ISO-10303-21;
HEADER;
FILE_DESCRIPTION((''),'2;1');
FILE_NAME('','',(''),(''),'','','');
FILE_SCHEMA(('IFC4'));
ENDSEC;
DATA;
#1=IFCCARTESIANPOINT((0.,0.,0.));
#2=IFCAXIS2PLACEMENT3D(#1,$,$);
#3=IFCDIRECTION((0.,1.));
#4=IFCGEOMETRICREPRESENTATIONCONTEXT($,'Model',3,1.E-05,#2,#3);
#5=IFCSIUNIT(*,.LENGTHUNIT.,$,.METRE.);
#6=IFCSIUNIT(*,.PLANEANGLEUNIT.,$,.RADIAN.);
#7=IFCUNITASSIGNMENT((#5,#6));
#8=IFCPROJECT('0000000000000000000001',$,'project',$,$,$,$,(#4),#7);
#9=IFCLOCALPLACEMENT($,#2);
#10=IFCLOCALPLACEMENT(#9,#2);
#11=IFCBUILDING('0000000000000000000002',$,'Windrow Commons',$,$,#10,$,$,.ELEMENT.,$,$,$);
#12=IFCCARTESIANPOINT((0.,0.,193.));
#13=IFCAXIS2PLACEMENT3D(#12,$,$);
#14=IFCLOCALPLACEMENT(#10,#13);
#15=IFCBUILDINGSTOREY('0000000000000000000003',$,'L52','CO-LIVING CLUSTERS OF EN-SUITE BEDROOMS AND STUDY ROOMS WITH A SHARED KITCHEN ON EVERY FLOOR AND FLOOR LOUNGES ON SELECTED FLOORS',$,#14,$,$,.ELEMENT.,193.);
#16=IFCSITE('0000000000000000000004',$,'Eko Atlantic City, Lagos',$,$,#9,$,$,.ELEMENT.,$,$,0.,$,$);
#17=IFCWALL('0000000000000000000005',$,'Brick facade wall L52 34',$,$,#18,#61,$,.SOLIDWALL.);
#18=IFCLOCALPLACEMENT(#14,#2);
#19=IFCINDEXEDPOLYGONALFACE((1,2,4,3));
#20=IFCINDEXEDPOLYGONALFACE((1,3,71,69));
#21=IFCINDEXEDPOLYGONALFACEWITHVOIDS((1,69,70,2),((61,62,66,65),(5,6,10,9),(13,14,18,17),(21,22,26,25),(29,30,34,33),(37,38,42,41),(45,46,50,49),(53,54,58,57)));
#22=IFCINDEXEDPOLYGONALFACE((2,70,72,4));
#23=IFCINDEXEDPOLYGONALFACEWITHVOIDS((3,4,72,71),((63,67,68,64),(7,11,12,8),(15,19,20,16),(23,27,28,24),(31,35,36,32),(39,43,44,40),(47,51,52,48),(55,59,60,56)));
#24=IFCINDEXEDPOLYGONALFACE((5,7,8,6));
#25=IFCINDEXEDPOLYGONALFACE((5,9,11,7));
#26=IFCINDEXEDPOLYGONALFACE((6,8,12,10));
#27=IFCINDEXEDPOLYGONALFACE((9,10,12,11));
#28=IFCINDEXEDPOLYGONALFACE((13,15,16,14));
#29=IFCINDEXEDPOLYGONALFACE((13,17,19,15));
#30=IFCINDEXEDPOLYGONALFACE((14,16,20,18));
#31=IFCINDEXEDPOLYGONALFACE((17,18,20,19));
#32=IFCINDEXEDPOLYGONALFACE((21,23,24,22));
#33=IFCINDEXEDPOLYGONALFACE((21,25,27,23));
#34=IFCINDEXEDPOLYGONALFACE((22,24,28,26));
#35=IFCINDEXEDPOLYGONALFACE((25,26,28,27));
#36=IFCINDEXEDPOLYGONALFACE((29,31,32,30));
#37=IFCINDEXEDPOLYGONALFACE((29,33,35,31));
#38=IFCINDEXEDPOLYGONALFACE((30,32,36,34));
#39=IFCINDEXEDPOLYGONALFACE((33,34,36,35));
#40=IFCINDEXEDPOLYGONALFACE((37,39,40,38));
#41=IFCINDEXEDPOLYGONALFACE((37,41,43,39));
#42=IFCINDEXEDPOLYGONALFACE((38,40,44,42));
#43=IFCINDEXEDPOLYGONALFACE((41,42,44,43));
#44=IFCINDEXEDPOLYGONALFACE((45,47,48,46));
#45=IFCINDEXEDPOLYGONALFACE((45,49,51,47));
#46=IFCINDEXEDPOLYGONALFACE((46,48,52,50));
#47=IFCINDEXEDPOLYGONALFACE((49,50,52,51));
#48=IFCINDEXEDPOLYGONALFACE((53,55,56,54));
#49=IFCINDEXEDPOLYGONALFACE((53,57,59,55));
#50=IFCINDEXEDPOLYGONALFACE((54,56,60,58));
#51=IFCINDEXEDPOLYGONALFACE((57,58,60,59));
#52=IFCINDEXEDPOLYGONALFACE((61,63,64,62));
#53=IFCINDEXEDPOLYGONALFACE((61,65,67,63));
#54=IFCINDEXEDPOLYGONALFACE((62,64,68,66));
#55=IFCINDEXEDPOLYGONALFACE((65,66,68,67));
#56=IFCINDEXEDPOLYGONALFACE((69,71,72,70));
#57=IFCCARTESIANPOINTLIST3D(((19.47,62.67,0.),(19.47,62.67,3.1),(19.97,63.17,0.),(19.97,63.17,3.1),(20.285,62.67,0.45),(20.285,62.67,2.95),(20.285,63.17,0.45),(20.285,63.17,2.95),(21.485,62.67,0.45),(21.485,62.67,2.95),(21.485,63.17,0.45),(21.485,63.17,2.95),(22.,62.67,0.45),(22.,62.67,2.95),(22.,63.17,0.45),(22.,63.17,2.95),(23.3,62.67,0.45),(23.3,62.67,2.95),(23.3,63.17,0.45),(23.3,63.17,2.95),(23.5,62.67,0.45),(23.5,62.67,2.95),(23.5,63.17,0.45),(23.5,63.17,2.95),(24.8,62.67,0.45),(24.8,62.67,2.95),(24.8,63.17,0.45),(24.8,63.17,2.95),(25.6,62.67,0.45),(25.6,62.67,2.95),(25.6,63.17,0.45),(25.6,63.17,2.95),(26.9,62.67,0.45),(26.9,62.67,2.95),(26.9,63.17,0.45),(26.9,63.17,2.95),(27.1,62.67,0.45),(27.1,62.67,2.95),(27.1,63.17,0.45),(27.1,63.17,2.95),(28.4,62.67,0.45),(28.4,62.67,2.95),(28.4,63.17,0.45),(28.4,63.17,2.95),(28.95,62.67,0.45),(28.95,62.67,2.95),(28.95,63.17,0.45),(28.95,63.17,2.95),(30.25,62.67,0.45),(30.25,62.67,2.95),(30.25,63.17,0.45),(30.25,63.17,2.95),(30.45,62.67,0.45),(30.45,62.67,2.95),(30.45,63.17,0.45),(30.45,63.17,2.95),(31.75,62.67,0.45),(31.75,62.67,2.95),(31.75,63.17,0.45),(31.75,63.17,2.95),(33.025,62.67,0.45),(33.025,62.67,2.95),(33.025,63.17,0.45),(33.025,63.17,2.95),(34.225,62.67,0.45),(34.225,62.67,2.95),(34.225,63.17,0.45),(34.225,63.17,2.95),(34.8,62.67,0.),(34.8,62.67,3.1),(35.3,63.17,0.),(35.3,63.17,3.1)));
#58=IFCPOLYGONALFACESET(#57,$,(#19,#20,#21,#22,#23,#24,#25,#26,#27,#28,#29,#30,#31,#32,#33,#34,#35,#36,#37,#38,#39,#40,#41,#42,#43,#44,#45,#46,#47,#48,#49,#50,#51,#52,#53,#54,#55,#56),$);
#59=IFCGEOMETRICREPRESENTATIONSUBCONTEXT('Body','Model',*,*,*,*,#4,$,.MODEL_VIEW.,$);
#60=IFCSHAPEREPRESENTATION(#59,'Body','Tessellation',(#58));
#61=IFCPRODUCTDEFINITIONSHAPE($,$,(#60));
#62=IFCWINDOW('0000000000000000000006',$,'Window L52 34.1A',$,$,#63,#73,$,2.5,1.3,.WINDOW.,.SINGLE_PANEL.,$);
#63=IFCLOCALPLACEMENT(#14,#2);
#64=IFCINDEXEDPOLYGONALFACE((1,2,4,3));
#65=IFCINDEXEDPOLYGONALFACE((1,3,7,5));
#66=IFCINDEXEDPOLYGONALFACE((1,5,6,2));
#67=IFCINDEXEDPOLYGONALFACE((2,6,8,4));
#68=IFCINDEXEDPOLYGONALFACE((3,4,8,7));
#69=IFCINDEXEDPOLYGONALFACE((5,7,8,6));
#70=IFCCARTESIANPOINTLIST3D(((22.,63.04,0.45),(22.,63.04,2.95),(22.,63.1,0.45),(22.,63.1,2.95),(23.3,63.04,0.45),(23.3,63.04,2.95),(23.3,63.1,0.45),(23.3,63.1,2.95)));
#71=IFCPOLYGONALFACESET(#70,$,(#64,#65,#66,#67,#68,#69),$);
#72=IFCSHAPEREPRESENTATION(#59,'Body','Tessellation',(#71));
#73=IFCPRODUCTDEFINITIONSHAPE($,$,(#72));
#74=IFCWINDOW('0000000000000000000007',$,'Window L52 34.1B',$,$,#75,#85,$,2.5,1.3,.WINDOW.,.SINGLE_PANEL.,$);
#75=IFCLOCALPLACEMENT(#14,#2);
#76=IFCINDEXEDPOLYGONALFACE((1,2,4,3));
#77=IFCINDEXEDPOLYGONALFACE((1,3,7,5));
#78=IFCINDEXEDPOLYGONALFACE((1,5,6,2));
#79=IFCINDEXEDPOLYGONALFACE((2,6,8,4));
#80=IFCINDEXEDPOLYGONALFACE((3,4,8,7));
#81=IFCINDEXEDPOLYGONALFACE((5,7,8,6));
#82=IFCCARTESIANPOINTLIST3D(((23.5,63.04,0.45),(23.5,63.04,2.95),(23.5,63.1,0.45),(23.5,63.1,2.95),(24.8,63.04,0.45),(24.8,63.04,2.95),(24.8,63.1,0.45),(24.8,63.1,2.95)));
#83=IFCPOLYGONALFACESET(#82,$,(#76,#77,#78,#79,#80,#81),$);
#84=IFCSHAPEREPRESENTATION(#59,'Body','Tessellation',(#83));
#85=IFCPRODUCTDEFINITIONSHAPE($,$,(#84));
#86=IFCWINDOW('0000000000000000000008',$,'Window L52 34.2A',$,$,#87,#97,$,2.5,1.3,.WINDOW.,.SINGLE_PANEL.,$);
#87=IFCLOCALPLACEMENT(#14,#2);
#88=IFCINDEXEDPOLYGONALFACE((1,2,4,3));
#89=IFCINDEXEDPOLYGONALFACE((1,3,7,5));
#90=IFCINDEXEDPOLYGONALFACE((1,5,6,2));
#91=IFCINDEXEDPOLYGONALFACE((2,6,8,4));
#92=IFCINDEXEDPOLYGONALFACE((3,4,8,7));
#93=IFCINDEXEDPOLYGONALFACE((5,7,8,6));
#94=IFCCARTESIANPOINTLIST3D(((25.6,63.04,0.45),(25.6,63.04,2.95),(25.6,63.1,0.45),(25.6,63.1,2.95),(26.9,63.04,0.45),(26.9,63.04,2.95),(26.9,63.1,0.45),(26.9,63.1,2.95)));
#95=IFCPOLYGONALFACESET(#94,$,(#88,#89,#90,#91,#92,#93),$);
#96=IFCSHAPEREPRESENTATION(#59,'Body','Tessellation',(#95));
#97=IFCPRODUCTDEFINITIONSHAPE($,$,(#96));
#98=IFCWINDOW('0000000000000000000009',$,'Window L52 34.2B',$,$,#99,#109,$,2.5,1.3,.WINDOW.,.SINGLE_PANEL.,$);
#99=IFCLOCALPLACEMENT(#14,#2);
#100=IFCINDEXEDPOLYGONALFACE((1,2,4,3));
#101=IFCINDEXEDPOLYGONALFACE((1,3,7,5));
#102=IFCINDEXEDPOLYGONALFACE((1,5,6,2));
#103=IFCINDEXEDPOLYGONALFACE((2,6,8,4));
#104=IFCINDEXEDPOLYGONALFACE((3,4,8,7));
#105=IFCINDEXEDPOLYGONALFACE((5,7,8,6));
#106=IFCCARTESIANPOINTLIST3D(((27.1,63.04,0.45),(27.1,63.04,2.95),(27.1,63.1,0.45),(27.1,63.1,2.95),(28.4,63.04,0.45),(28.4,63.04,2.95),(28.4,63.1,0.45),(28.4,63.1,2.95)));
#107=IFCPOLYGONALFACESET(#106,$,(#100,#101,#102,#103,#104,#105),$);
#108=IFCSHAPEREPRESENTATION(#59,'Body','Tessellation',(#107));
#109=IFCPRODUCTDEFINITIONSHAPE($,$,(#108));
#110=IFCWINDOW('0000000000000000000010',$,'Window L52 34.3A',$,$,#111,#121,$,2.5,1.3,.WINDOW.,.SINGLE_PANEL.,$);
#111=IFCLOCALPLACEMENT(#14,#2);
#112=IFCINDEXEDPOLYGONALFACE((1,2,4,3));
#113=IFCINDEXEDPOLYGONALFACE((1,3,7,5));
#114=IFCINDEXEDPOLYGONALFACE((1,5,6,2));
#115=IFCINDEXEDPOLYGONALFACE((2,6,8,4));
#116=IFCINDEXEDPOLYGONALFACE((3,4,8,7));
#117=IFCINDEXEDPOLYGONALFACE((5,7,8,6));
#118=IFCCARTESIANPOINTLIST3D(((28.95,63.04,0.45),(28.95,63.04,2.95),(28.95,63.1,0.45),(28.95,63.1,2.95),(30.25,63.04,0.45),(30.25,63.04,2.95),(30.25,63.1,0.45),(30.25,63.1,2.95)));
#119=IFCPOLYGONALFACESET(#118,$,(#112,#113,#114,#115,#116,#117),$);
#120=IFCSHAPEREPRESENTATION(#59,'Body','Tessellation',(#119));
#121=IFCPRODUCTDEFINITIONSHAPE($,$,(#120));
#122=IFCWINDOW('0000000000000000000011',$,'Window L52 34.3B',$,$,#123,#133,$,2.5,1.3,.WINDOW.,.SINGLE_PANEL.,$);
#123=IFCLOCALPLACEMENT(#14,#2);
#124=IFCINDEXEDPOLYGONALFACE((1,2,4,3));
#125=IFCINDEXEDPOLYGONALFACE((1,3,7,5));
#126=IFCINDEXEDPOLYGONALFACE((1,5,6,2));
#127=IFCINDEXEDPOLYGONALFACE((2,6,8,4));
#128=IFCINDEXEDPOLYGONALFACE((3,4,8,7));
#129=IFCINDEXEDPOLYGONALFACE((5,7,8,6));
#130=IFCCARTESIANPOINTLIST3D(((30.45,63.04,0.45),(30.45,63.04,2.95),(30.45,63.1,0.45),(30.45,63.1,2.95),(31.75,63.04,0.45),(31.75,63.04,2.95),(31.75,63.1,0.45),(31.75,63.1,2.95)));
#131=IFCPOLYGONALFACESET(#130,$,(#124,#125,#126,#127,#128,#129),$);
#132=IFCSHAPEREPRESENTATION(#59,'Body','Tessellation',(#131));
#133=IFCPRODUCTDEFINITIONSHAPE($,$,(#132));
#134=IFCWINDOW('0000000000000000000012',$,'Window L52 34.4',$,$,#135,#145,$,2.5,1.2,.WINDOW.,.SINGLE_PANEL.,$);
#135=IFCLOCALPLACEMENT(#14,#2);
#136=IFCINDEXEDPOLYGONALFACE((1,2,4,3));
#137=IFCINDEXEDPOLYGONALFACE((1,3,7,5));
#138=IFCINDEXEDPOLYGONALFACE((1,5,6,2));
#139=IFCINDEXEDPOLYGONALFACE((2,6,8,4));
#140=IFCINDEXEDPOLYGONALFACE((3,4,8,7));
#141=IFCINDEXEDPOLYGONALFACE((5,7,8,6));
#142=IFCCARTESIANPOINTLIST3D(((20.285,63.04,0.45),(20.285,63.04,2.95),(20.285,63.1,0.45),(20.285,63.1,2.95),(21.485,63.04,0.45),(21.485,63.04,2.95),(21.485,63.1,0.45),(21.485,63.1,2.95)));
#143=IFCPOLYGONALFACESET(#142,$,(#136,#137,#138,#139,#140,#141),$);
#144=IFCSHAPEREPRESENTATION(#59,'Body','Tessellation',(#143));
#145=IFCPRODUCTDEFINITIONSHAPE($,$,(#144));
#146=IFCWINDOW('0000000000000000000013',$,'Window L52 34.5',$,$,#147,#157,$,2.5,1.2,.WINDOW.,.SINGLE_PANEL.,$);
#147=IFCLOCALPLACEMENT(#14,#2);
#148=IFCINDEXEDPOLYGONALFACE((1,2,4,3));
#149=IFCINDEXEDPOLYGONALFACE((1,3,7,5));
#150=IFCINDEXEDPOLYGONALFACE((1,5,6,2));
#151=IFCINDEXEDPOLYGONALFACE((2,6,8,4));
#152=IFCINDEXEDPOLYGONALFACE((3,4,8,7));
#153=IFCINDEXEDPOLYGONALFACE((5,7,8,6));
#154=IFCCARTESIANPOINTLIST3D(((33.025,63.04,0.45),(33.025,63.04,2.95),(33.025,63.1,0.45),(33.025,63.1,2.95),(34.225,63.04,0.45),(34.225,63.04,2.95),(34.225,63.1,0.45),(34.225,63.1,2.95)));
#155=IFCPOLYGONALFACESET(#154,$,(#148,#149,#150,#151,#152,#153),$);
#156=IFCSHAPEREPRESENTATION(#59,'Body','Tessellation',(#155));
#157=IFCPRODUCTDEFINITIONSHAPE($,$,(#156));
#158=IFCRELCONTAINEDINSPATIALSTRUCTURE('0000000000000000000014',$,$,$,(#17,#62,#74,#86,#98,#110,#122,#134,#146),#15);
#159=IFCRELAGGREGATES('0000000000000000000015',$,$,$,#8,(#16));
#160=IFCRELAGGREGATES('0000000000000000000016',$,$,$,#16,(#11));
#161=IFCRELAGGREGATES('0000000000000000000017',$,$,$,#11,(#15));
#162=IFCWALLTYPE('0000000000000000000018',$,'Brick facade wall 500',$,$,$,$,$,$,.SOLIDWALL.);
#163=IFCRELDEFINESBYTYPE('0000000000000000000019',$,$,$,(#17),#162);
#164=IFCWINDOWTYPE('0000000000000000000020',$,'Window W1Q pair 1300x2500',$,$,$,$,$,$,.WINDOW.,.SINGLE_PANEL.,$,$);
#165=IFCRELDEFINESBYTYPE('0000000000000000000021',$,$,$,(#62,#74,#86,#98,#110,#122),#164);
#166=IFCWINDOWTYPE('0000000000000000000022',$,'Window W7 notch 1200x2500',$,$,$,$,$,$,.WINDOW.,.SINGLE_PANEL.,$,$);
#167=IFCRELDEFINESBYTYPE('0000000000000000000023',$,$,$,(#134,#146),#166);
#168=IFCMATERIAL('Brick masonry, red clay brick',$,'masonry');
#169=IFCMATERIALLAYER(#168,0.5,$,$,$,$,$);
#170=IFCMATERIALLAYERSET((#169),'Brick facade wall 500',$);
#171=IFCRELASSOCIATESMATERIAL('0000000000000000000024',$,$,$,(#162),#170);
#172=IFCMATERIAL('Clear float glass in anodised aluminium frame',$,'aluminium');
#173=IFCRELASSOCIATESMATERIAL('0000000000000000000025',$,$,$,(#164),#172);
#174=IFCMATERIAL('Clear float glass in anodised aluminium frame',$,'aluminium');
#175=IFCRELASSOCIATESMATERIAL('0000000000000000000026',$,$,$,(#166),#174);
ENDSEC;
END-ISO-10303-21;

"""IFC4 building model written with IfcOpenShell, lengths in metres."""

from ifc_helpers import new_model, si_unit, direction, frame, frame_2d, origin, place, context, subcontext, project, spatial, polyline, rectangle, outline, extrude, material, layer, layer_set, type_object, element, fill, save


model = new_model("IFC4")

# Units and contexts
model_context = context("Model", 3, precision=1e-05, world=origin(), true_north=direction((0.0, 1.0)))
body_context = subcontext(model_context, "Body", "Model", "MODEL_VIEW")
ifc_project = project(units=[si_unit("LENGTHUNIT", "METRE"), si_unit("PLANEANGLEUNIT", "RADIAN")], contexts=[model_context])

# Site, building, storey
site_placement = place(None, origin())
site = spatial("IfcSite", under=ifc_project, at=site_placement, Name="Eko Atlantic City, Lagos", CompositionType="ELEMENT", RefElevation=0.0)
building_placement = place(site_placement, origin())
building = spatial("IfcBuilding", under=site, at=building_placement, Name="Windrow Commons", CompositionType="ELEMENT")
storey_placement = place(building_placement, frame((0.0, 0.0, 193.0)))
storey = spatial("IfcBuildingStorey", under=building, at=storey_placement, Name="L52", Description="CO-LIVING CLUSTERS OF EN-SUITE BEDROOMS AND STUDY ROOMS WITH A SHARED KITCHEN ON EVERY FLOOR AND FLOOR LOUNGES ON SELECTED FLOORS", CompositionType="ELEMENT", Elevation=193.0)

# Wall, openings, windows
ifc_material_1 = material(Name="Brick masonry, red clay brick", Category="masonry")
ifc_layer_1 = layer(ifc_material_1, 0.5)
ifc_layer_set_1 = layer_set([ifc_layer_1], Name="Brick facade wall 500")
wall_type_1 = type_object("IfcWallType", Name="Brick facade wall 500", PredefinedType="SOLIDWALL", material=ifc_layer_set_1)
wall_1_placement = place(storey_placement, frame((19.72, 62.92, 0.0), z_axis=(0.0, 0.0, 1.0), x_axis=(1.0, 0.0, 0.0)))
wall_1 = element("IfcWall", 1, at=wall_1_placement, inside=storey, type_object=wall_type_1, Name="Brick facade wall L52 34", PredefinedType="SOLIDWALL", context=body_context, shape_type="SweptSolid", body=[
    extrude(outline(polyline([(-0.25, -0.25), (15.08, -0.25), (15.58, 0.25), (0.25, 0.25), (-0.25, -0.25)])), origin(), (0.0, 0.0, 1.0), 3.1),
])
opening_1_placement = place(wall_1_placement, frame((2.28, 0.0, 0.45)))
opening_1 = element("IfcOpeningElement", 2, at=opening_1_placement, cuts=wall_1, PredefinedType="OPENING", context=body_context, shape_type="SweptSolid", body=[
    extrude(rectangle(XDim=1.3, YDim=2.5, at=frame_2d((0.65, 1.25))), frame((0.0, 0.26, 0.0), z_axis=(0.0, -1.0, 0.0), x_axis=(1.0, 0.0, 0.0)), (0.0, 0.0, 1.0), 0.52),
])
opening_2_placement = place(wall_1_placement, frame((3.78, 0.0, 0.45)))
opening_2 = element("IfcOpeningElement", 3, at=opening_2_placement, cuts=wall_1, PredefinedType="OPENING", context=body_context, shape_type="SweptSolid", body=[
    extrude(rectangle(XDim=1.3, YDim=2.5, at=frame_2d((0.65, 1.25))), frame((0.0, 0.26, 0.0), z_axis=(0.0, -1.0, 0.0), x_axis=(1.0, 0.0, 0.0)), (0.0, 0.0, 1.0), 0.52),
])
opening_3_placement = place(wall_1_placement, frame((5.88, 0.0, 0.45)))
opening_3 = element("IfcOpeningElement", 4, at=opening_3_placement, cuts=wall_1, PredefinedType="OPENING", context=body_context, shape_type="SweptSolid", body=[
    extrude(rectangle(XDim=1.3, YDim=2.5, at=frame_2d((0.65, 1.25))), frame((0.0, 0.26, 0.0), z_axis=(0.0, -1.0, 0.0), x_axis=(1.0, 0.0, 0.0)), (0.0, 0.0, 1.0), 0.52),
])
opening_4_placement = place(wall_1_placement, frame((7.38, 0.0, 0.45)))
opening_4 = element("IfcOpeningElement", 5, at=opening_4_placement, cuts=wall_1, PredefinedType="OPENING", context=body_context, shape_type="SweptSolid", body=[
    extrude(rectangle(XDim=1.3, YDim=2.5, at=frame_2d((0.65, 1.25))), frame((0.0, 0.26, 0.0), z_axis=(0.0, -1.0, 0.0), x_axis=(1.0, 0.0, 0.0)), (0.0, 0.0, 1.0), 0.52),
])
opening_5_placement = place(wall_1_placement, frame((9.23, 0.0, 0.45)))
opening_5 = element("IfcOpeningElement", 6, at=opening_5_placement, cuts=wall_1, PredefinedType="OPENING", context=body_context, shape_type="SweptSolid", body=[
    extrude(rectangle(XDim=1.3, YDim=2.5, at=frame_2d((0.65, 1.25))), frame((0.0, 0.26, 0.0), z_axis=(0.0, -1.0, 0.0), x_axis=(1.0, 0.0, 0.0)), (0.0, 0.0, 1.0), 0.52),
])
opening_6_placement = place(wall_1_placement, frame((10.73, 0.0, 0.45)))
opening_6 = element("IfcOpeningElement", 7, at=opening_6_placement, cuts=wall_1, PredefinedType="OPENING", context=body_context, shape_type="SweptSolid", body=[
    extrude(rectangle(XDim=1.3, YDim=2.5, at=frame_2d((0.65, 1.25))), frame((0.0, 0.26, 0.0), z_axis=(0.0, -1.0, 0.0), x_axis=(1.0, 0.0, 0.0)), (0.0, 0.0, 1.0), 0.52),
])
opening_7_placement = place(wall_1_placement, frame((0.565, 0.0, 0.45)))
opening_7 = element("IfcOpeningElement", 8, at=opening_7_placement, cuts=wall_1, PredefinedType="OPENING", context=body_context, shape_type="SweptSolid", body=[
    extrude(rectangle(XDim=1.2, YDim=2.5, at=frame_2d((0.6, 1.25))), frame((0.0, 0.26, 0.0), z_axis=(0.0, -1.0, 0.0), x_axis=(1.0, 0.0, 0.0)), (0.0, 0.0, 1.0), 0.52),
])
opening_8_placement = place(wall_1_placement, frame((13.305, 0.0, 0.45)))
opening_8 = element("IfcOpeningElement", 9, at=opening_8_placement, cuts=wall_1, PredefinedType="OPENING", context=body_context, shape_type="SweptSolid", body=[
    extrude(rectangle(XDim=1.2, YDim=2.5, at=frame_2d((0.6, 1.25))), frame((0.0, 0.26, 0.0), z_axis=(0.0, -1.0, 0.0), x_axis=(1.0, 0.0, 0.0)), (0.0, 0.0, 1.0), 0.52),
])
ifc_material_2 = material(Name="Clear float glass in anodised aluminium frame", Category="aluminium")
window_type_1 = type_object("IfcWindowType", Name="Window W1Q pair 1300x2500", PartitioningType="SINGLE_PANEL", PredefinedType="WINDOW", material=ifc_material_2)
window_1_placement = place(opening_1_placement, origin())
window_1 = element("IfcWindow", 10, at=window_1_placement, inside=storey, type_object=window_type_1, Name="Window L52 34.1A", OverallHeight=2.5, OverallWidth=1.3, PartitioningType="SINGLE_PANEL", PredefinedType="WINDOW", context=body_context, shape_type="SweptSolid", body=[
    extrude(rectangle(XDim=1.3, YDim=2.5, at=frame_2d((0.65, 1.25))), frame((0.0, 0.18, 0.0), z_axis=(0.0, -1.0, 0.0), x_axis=(1.0, 0.0, 0.0)), (0.0, 0.0, 1.0), 0.06),
])
fill(opening_1, window_1)
window_2_placement = place(opening_2_placement, origin())
window_2 = element("IfcWindow", 11, at=window_2_placement, inside=storey, type_object=window_type_1, Name="Window L52 34.1B", OverallHeight=2.5, OverallWidth=1.3, PartitioningType="SINGLE_PANEL", PredefinedType="WINDOW", context=body_context, shape_type="SweptSolid", body=[
    extrude(rectangle(XDim=1.3, YDim=2.5, at=frame_2d((0.65, 1.25))), frame((0.0, 0.18, 0.0), z_axis=(0.0, -1.0, 0.0), x_axis=(1.0, 0.0, 0.0)), (0.0, 0.0, 1.0), 0.06),
])
fill(opening_2, window_2)
window_3_placement = place(opening_3_placement, origin())
window_3 = element("IfcWindow", 12, at=window_3_placement, inside=storey, type_object=window_type_1, Name="Window L52 34.2A", OverallHeight=2.5, OverallWidth=1.3, PartitioningType="SINGLE_PANEL", PredefinedType="WINDOW", context=body_context, shape_type="SweptSolid", body=[
    extrude(rectangle(XDim=1.3, YDim=2.5, at=frame_2d((0.65, 1.25))), frame((0.0, 0.18, 0.0), z_axis=(0.0, -1.0, 0.0), x_axis=(1.0, 0.0, 0.0)), (0.0, 0.0, 1.0), 0.06),
])
fill(opening_3, window_3)
window_4_placement = place(opening_4_placement, origin())
window_4 = element("IfcWindow", 13, at=window_4_placement, inside=storey, type_object=window_type_1, Name="Window L52 34.2B", OverallHeight=2.5, OverallWidth=1.3, PartitioningType="SINGLE_PANEL", PredefinedType="WINDOW", context=body_context, shape_type="SweptSolid", body=[
    extrude(rectangle(XDim=1.3, YDim=2.5, at=frame_2d((0.65, 1.25))), frame((0.0, 0.18, 0.0), z_axis=(0.0, -1.0, 0.0), x_axis=(1.0, 0.0, 0.0)), (0.0, 0.0, 1.0), 0.06),
])
fill(opening_4, window_4)
window_5_placement = place(opening_5_placement, origin())
window_5 = element("IfcWindow", 14, at=window_5_placement, inside=storey, type_object=window_type_1, Name="Window L52 34.3A", OverallHeight=2.5, OverallWidth=1.3, PartitioningType="SINGLE_PANEL", PredefinedType="WINDOW", context=body_context, shape_type="SweptSolid", body=[
    extrude(rectangle(XDim=1.3, YDim=2.5, at=frame_2d((0.65, 1.25))), frame((0.0, 0.18, 0.0), z_axis=(0.0, -1.0, 0.0), x_axis=(1.0, 0.0, 0.0)), (0.0, 0.0, 1.0), 0.06),
])
fill(opening_5, window_5)
window_6_placement = place(opening_6_placement, origin())
window_6 = element("IfcWindow", 15, at=window_6_placement, inside=storey, type_object=window_type_1, Name="Window L52 34.3B", OverallHeight=2.5, OverallWidth=1.3, PartitioningType="SINGLE_PANEL", PredefinedType="WINDOW", context=body_context, shape_type="SweptSolid", body=[
    extrude(rectangle(XDim=1.3, YDim=2.5, at=frame_2d((0.65, 1.25))), frame((0.0, 0.18, 0.0), z_axis=(0.0, -1.0, 0.0), x_axis=(1.0, 0.0, 0.0)), (0.0, 0.0, 1.0), 0.06),
])
fill(opening_6, window_6)
ifc_material_3 = material(Name="Clear float glass in anodised aluminium frame", Category="aluminium")
window_type_2 = type_object("IfcWindowType", Name="Window W7 notch 1200x2500", PartitioningType="SINGLE_PANEL", PredefinedType="WINDOW", material=ifc_material_3)
window_7_placement = place(opening_7_placement, origin())
window_7 = element("IfcWindow", 16, at=window_7_placement, inside=storey, type_object=window_type_2, Name="Window L52 34.4", OverallHeight=2.5, OverallWidth=1.2, PartitioningType="SINGLE_PANEL", PredefinedType="WINDOW", context=body_context, shape_type="SweptSolid", body=[
    extrude(rectangle(XDim=1.2, YDim=2.5, at=frame_2d((0.6, 1.25))), frame((0.0, 0.18, 0.0), z_axis=(0.0, -1.0, 0.0), x_axis=(1.0, 0.0, 0.0)), (0.0, 0.0, 1.0), 0.06),
])
fill(opening_7, window_7)
window_8_placement = place(opening_8_placement, origin())
window_8 = element("IfcWindow", 17, at=window_8_placement, inside=storey, type_object=window_type_2, Name="Window L52 34.5", OverallHeight=2.5, OverallWidth=1.2, PartitioningType="SINGLE_PANEL", PredefinedType="WINDOW", context=body_context, shape_type="SweptSolid", body=[
    extrude(rectangle(XDim=1.2, YDim=2.5, at=frame_2d((0.6, 1.25))), frame((0.0, 0.18, 0.0), z_axis=(0.0, -1.0, 0.0), x_axis=(1.0, 0.0, 0.0)), (0.0, 0.0, 1.0), 0.06),
])
fill(opening_8, window_8)

save(model, "model.ifc")
